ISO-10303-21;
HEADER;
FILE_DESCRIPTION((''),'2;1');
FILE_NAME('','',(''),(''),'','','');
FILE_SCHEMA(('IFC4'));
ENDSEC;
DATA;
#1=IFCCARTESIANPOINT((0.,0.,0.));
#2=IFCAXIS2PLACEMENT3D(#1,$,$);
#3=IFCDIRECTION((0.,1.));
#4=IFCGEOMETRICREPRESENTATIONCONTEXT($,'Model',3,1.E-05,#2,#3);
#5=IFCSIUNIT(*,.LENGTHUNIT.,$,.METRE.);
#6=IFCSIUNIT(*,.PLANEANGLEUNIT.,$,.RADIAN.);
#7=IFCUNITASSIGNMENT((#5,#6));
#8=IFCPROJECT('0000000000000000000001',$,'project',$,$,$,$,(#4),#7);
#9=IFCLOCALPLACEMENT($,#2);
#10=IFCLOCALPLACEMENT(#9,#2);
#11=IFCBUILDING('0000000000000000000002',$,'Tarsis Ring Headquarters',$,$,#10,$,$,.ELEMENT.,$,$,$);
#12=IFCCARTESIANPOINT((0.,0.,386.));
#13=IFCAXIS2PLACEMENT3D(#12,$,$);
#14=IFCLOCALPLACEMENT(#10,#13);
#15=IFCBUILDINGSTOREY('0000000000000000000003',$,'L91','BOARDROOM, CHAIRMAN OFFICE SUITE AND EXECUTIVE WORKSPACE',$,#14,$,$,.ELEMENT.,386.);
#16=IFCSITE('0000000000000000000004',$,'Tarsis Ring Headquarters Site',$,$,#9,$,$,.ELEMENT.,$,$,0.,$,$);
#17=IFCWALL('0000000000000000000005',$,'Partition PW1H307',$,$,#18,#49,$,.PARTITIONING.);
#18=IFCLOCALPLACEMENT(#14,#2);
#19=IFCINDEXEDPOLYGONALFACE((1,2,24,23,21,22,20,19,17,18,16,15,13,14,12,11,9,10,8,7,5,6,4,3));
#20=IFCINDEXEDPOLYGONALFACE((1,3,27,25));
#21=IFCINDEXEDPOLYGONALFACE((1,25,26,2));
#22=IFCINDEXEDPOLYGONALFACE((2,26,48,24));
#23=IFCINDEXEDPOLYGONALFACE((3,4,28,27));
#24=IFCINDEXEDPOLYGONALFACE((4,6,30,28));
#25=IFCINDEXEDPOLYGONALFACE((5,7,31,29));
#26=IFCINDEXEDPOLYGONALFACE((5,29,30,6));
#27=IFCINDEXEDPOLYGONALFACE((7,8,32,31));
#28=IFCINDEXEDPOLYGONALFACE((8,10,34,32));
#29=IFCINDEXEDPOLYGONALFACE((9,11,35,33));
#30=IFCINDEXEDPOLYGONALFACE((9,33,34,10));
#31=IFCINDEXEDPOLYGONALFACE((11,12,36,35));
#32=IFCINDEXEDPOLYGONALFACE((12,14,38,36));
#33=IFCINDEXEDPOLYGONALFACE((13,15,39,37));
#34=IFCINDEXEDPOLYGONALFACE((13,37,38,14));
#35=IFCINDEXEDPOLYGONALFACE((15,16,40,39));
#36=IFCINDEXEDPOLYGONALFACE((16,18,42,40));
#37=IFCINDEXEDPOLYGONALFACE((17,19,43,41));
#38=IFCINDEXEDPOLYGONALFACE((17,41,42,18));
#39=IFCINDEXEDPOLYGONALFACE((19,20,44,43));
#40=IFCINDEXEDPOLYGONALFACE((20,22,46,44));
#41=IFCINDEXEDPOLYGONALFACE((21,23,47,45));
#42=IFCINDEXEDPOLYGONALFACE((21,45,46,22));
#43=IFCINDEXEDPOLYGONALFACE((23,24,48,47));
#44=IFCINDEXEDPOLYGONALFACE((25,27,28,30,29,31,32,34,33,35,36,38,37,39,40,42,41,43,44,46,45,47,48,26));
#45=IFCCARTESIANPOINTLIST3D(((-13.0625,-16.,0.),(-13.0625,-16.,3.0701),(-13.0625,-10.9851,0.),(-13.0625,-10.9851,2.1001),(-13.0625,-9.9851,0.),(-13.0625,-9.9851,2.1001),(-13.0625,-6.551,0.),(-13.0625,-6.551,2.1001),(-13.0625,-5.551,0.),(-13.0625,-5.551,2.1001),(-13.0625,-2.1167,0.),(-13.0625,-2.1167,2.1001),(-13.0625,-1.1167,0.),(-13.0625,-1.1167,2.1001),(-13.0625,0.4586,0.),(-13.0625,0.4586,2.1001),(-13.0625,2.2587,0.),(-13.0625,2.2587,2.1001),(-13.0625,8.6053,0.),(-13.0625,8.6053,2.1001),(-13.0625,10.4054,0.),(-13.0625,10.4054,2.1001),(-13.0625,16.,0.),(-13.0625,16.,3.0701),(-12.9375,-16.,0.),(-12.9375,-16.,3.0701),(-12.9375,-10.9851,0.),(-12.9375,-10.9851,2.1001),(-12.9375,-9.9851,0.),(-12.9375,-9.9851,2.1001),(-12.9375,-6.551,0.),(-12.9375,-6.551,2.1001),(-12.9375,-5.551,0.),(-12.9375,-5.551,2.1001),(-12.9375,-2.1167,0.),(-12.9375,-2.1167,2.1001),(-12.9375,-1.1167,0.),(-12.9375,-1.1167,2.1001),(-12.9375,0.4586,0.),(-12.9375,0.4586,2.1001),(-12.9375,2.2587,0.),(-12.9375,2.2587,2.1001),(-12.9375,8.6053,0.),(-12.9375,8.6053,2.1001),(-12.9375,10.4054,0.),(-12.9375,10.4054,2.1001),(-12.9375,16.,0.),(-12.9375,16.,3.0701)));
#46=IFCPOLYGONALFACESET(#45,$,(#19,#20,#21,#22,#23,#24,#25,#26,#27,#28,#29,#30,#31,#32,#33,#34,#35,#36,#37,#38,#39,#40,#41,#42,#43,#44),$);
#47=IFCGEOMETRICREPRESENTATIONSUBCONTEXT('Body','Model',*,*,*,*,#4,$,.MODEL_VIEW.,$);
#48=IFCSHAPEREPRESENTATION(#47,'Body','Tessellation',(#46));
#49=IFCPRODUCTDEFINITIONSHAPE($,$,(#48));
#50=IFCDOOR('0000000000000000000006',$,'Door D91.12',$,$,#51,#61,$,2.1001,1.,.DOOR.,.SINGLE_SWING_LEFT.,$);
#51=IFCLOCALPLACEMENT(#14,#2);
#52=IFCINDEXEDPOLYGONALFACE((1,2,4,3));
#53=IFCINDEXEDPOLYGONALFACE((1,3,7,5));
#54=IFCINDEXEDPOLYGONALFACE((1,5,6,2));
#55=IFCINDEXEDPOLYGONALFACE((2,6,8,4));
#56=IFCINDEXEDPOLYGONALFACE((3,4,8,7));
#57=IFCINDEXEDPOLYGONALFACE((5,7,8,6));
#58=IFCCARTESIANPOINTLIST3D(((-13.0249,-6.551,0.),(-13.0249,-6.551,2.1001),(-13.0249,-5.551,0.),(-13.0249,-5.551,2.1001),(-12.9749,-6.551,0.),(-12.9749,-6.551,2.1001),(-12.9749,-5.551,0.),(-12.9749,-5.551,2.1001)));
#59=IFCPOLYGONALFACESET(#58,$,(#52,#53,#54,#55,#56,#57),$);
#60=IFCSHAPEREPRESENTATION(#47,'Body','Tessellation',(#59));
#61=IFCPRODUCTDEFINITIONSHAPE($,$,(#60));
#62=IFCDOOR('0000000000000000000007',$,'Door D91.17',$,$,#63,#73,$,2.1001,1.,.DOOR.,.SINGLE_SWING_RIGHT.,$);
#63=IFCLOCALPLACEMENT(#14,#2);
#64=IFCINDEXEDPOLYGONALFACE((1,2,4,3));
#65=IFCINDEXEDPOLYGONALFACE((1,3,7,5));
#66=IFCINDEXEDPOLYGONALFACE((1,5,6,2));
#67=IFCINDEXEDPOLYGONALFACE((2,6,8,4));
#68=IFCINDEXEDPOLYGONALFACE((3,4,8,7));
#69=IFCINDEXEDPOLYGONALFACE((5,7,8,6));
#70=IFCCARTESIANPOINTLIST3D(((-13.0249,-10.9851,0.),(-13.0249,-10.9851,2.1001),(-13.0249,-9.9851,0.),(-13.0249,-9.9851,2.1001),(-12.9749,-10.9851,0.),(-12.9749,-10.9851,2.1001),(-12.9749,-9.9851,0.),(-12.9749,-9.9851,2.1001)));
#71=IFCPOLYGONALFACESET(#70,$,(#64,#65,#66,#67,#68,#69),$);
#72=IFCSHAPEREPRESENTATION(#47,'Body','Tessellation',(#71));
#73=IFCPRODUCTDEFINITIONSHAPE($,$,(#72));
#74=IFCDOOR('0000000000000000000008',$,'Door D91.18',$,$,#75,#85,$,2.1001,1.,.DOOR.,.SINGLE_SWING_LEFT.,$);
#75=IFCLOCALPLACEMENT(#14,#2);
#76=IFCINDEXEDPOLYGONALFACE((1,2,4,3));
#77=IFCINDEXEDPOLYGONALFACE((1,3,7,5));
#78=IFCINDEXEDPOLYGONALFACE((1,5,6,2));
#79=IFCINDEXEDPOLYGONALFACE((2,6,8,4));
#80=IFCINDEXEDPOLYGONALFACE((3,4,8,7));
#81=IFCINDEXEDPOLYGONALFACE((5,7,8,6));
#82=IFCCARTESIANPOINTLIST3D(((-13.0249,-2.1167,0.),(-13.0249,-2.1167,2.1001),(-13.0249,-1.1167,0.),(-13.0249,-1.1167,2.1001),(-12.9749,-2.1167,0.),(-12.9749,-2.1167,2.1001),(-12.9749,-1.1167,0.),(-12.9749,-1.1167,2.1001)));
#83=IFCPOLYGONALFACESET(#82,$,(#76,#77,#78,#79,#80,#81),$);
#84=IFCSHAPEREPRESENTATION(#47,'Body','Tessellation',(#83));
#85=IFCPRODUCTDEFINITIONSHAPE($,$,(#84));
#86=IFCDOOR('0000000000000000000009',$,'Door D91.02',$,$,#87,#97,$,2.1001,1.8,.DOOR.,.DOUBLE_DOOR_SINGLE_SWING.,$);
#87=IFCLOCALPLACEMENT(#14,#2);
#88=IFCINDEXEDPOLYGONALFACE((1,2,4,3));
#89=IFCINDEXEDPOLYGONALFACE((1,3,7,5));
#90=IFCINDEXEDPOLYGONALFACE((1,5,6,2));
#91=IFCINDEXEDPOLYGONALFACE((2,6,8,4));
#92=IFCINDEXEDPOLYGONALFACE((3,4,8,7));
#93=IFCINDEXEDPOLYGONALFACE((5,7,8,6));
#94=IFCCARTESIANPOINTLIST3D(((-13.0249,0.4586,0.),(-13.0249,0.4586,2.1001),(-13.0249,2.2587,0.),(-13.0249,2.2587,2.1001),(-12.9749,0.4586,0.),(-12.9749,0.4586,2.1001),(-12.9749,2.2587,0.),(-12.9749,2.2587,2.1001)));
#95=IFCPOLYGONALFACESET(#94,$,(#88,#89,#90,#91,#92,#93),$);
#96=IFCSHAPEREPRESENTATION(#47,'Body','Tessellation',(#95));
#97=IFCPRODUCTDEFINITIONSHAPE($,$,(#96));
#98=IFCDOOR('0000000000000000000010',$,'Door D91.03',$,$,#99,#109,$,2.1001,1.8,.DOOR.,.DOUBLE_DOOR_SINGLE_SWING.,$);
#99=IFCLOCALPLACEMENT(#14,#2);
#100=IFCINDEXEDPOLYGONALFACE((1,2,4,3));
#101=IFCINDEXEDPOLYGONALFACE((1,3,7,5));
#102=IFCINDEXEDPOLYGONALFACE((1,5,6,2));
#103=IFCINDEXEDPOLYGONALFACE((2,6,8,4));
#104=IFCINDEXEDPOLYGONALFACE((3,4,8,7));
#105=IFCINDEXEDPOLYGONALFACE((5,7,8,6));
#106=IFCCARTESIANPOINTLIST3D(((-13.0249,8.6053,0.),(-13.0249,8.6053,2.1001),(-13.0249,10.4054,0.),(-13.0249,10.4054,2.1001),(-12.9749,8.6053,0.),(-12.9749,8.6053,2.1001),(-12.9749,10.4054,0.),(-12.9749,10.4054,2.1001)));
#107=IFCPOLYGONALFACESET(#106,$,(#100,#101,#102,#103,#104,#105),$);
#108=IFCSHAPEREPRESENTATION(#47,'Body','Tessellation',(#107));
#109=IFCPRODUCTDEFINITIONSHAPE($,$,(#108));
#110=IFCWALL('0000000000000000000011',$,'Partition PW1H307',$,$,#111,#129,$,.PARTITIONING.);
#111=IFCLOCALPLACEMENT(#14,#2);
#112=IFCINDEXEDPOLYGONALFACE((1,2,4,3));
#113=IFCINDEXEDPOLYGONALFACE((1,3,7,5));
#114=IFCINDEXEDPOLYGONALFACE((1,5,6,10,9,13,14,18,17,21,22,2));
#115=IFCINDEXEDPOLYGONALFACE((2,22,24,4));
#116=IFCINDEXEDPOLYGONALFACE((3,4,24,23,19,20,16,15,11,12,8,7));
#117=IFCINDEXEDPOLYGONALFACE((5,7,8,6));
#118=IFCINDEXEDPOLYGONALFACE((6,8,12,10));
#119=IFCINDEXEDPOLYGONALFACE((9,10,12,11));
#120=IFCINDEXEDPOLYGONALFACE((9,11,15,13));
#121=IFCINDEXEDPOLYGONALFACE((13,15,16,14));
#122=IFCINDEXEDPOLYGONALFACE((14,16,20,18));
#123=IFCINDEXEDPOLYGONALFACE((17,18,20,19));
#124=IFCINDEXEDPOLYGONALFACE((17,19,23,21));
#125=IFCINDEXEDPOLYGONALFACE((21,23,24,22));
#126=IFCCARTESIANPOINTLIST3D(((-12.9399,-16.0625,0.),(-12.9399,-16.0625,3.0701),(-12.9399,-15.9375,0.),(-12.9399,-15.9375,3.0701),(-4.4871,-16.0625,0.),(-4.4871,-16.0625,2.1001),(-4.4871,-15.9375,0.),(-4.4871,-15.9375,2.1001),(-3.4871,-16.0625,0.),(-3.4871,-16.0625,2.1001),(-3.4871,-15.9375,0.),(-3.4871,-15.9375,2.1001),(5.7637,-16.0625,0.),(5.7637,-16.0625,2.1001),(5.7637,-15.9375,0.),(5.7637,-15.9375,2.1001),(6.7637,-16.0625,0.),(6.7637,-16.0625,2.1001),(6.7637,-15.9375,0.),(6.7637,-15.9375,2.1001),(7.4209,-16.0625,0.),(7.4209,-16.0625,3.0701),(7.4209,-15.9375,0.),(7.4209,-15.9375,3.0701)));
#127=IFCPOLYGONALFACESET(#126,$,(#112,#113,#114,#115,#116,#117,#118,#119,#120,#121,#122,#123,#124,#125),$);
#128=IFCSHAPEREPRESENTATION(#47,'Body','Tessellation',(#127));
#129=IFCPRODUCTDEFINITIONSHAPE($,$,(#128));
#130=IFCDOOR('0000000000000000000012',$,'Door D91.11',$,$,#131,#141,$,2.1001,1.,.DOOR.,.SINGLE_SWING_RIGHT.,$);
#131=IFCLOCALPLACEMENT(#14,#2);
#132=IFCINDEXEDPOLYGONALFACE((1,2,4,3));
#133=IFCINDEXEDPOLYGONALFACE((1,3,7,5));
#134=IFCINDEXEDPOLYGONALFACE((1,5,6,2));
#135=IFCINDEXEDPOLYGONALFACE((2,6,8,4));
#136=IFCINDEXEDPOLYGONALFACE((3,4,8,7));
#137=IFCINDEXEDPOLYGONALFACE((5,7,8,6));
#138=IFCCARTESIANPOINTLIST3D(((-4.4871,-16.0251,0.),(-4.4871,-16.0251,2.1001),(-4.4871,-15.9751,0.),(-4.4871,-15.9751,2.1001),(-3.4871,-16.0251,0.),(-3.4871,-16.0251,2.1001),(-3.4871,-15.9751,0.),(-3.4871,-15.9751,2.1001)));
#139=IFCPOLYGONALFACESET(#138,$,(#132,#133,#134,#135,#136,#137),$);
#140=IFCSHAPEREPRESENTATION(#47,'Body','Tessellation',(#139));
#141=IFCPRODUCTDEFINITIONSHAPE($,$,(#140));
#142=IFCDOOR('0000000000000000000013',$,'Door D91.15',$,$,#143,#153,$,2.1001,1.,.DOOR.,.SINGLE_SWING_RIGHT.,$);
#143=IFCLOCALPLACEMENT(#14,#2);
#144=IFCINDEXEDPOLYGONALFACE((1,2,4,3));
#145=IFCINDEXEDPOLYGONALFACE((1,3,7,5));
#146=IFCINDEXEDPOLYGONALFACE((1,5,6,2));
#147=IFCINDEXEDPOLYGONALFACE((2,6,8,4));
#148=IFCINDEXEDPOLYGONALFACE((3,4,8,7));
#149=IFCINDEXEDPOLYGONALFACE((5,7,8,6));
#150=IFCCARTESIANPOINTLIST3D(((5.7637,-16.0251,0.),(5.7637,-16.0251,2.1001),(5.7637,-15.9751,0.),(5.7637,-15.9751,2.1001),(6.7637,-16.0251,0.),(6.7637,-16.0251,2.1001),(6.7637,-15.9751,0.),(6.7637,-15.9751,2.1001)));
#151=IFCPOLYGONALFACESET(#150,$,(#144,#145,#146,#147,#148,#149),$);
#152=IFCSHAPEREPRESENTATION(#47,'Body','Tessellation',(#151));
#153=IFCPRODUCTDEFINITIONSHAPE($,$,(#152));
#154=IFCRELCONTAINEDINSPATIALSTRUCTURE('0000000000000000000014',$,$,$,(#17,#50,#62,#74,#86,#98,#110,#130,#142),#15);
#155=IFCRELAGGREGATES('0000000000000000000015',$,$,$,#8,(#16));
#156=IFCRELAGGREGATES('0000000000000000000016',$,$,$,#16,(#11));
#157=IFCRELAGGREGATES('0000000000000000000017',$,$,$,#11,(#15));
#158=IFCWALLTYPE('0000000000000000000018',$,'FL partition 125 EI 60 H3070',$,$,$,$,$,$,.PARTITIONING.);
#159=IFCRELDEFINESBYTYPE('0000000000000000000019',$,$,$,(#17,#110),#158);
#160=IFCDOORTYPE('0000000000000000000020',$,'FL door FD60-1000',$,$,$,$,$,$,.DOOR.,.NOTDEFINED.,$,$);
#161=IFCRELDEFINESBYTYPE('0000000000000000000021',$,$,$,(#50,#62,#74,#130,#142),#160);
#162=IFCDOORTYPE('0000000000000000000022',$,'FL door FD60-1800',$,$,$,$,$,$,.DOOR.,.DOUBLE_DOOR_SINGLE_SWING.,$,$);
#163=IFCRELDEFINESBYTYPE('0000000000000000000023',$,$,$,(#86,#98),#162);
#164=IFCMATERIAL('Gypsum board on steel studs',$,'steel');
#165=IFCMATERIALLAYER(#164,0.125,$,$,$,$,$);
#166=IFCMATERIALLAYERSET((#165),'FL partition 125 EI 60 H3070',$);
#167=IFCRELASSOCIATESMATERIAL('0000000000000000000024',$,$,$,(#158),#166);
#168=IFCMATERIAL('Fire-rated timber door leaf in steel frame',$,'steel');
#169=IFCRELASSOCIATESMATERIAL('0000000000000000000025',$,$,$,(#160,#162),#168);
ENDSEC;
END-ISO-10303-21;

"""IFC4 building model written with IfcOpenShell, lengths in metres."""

from ifc_helpers import new_model, si_unit, direction, frame, frame_2d, origin, place, context, subcontext, project, spatial, rectangle, extrude, material, layer, layer_set, type_object, element, fill, save


model = new_model("IFC4")

# Units and contexts
model_context = context("Model", 3, precision=1e-05, world=origin(), true_north=direction((0.0, 1.0)))
body_context = subcontext(model_context, "Body", "Model", "MODEL_VIEW")
ifc_project = project(units=[si_unit("LENGTHUNIT", "METRE"), si_unit("PLANEANGLEUNIT", "RADIAN")], contexts=[model_context])

# Site, building, storey
site_placement = place(None, origin())
site = spatial("IfcSite", under=ifc_project, at=site_placement, Name="Tarsis Ring Headquarters Site", CompositionType="ELEMENT", RefElevation=0.0)
building_placement = place(site_placement, origin())
building = spatial("IfcBuilding", under=site, at=building_placement, Name="Tarsis Ring Headquarters", CompositionType="ELEMENT")
storey_placement = place(building_placement, frame((0.0, 0.0, 386.0)))
storey = spatial("IfcBuildingStorey", under=building, at=storey_placement, Name="L91", Description="BOARDROOM, CHAIRMAN OFFICE SUITE AND EXECUTIVE WORKSPACE", CompositionType="ELEMENT", Elevation=386.0)

# Shared definitions
ifc_material_1 = material(Name="Gypsum board on steel studs", Category="steel")

# Walls, openings, doors
ifc_layer_1 = layer(ifc_material_1, 0.125)
ifc_layer_set_1 = layer_set([ifc_layer_1], Name="FL partition 125 EI 60 H3070")
wall_type_1 = type_object("IfcWallType", Name="FL partition 125 EI 60 H3070", PredefinedType="PARTITIONING", material=ifc_layer_set_1)
wall_1_placement = place(storey_placement, frame((-13.0, -16.0, 0.0), z_axis=(0.0, 0.0, 1.0), x_axis=(0.0, 1.0, 0.0)))
wall_1 = element("IfcWall", 1, at=wall_1_placement, inside=storey, type_object=wall_type_1, Name="Partition PW1H307", PredefinedType="PARTITIONING", context=body_context, shape_type="SweptSolid", body=[
    extrude(rectangle(XDim=32.0, YDim=0.125, at=frame_2d((16.0, 0.0))), origin(), (0.0, 0.0, 1.0), 3.0701),
])
opening_1_placement = place(wall_1_placement, frame((16.4587, 0.0, 0.0)))
opening_1 = element("IfcOpeningElement", 2, at=opening_1_placement, cuts=wall_1, PredefinedType="OPENING", context=body_context, shape_type="SweptSolid", body=[
    extrude(rectangle(XDim=1.8, YDim=2.1001, at=frame_2d((0.8999, 1.05))), frame((0.0, 0.0725, 0.0), z_axis=(0.0, -1.0, 0.0), x_axis=(1.0, 0.0, 0.0)), (0.0, 0.0, 1.0), 0.145),
])
opening_2_placement = place(wall_1_placement, frame((24.6055, 0.0, 0.0)))
opening_2 = element("IfcOpeningElement", 3, at=opening_2_placement, cuts=wall_1, PredefinedType="OPENING", context=body_context, shape_type="SweptSolid", body=[
    extrude(rectangle(XDim=1.8, YDim=2.1001, at=frame_2d((0.8999, 1.05))), frame((0.0, 0.0725, 0.0), z_axis=(0.0, -1.0, 0.0), x_axis=(1.0, 0.0, 0.0)), (0.0, 0.0, 1.0), 0.145),
])
opening_3_placement = place(wall_1_placement, frame((9.449, 0.0, 0.0)))
opening_3 = element("IfcOpeningElement", 4, at=opening_3_placement, cuts=wall_1, PredefinedType="OPENING", context=body_context, shape_type="SweptSolid", body=[
    extrude(rectangle(XDim=1.0, YDim=2.1001, at=frame_2d((0.5, 1.05))), frame((0.0, 0.0725, 0.0), z_axis=(0.0, -1.0, 0.0), x_axis=(1.0, 0.0, 0.0)), (0.0, 0.0, 1.0), 0.145),
])
opening_4_placement = place(wall_1_placement, frame((5.0149, 0.0, 0.0)))
opening_4 = element("IfcOpeningElement", 5, at=opening_4_placement, cuts=wall_1, PredefinedType="OPENING", context=body_context, shape_type="SweptSolid", body=[
    extrude(rectangle(XDim=1.0, YDim=2.1001, at=frame_2d((0.5, 1.05))), frame((0.0, 0.0725, 0.0), z_axis=(0.0, -1.0, 0.0), x_axis=(1.0, 0.0, 0.0)), (0.0, 0.0, 1.0), 0.145),
])
opening_5_placement = place(wall_1_placement, frame((13.8833, 0.0, 0.0)))
opening_5 = element("IfcOpeningElement", 6, at=opening_5_placement, cuts=wall_1, PredefinedType="OPENING", context=body_context, shape_type="SweptSolid", body=[
    extrude(rectangle(XDim=1.0, YDim=2.1001, at=frame_2d((0.5, 1.05))), frame((0.0, 0.0725, 0.0), z_axis=(0.0, -1.0, 0.0), x_axis=(1.0, 0.0, 0.0)), (0.0, 0.0, 1.0), 0.145),
])
ifc_material_2 = material(Name="Fire-rated timber door leaf in steel frame", Category="steel")
door_type_1 = type_object("IfcDoorType", Name="FL door FD60-1000", OperationType="NOTDEFINED", PredefinedType="DOOR", material=ifc_material_2)
door_1_placement = place(opening_3_placement, origin())
door_1 = element("IfcDoor", 7, at=door_1_placement, inside=storey, type_object=door_type_1, Name="Door D91.12", OperationType="SINGLE_SWING_LEFT", OverallHeight=2.1001, OverallWidth=1.0, PredefinedType="DOOR", context=body_context, shape_type="SweptSolid", body=[
    extrude(rectangle(XDim=1.0, YDim=2.1001, at=frame_2d((0.5, 1.05))), frame((0.0, 0.0249, 0.0), z_axis=(0.0, -1.0, 0.0), x_axis=(1.0, 0.0, 0.0)), (0.0, 0.0, 1.0), 0.05),
])
fill(opening_3, door_1)
door_2_placement = place(opening_4_placement, origin())
door_2 = element("IfcDoor", 8, at=door_2_placement, inside=storey, type_object=door_type_1, Name="Door D91.17", OperationType="SINGLE_SWING_RIGHT", OverallHeight=2.1001, OverallWidth=1.0, PredefinedType="DOOR", context=body_context, shape_type="SweptSolid", body=[
    extrude(rectangle(XDim=1.0, YDim=2.1001, at=frame_2d((0.5, 1.05))), frame((0.0, 0.0249, 0.0), z_axis=(0.0, -1.0, 0.0), x_axis=(1.0, 0.0, 0.0)), (0.0, 0.0, 1.0), 0.05),
])
fill(opening_4, door_2)
door_3_placement = place(opening_5_placement, origin())
door_3 = element("IfcDoor", 9, at=door_3_placement, inside=storey, type_object=door_type_1, Name="Door D91.18", OperationType="SINGLE_SWING_LEFT", OverallHeight=2.1001, OverallWidth=1.0, PredefinedType="DOOR", context=body_context, shape_type="SweptSolid", body=[
    extrude(rectangle(XDim=1.0, YDim=2.1001, at=frame_2d((0.5, 1.05))), frame((0.0, 0.0249, 0.0), z_axis=(0.0, -1.0, 0.0), x_axis=(1.0, 0.0, 0.0)), (0.0, 0.0, 1.0), 0.05),
])
fill(opening_5, door_3)
door_type_2 = type_object("IfcDoorType", Name="FL door FD60-1800", OperationType="DOUBLE_DOOR_SINGLE_SWING", PredefinedType="DOOR", material=ifc_material_2)
door_4_placement = place(opening_1_placement, origin())
door_4 = element("IfcDoor", 10, at=door_4_placement, inside=storey, type_object=door_type_2, Name="Door D91.02", OperationType="DOUBLE_DOOR_SINGLE_SWING", OverallHeight=2.1001, OverallWidth=1.8, PredefinedType="DOOR", context=body_context, shape_type="SweptSolid", body=[
    extrude(rectangle(XDim=1.8, YDim=2.1001, at=frame_2d((0.8999, 1.05))), frame((0.0, 0.0249, 0.0), z_axis=(0.0, -1.0, 0.0), x_axis=(1.0, 0.0, 0.0)), (0.0, 0.0, 1.0), 0.05),
])
fill(opening_1, door_4)
door_5_placement = place(opening_2_placement, origin())
door_5 = element("IfcDoor", 11, at=door_5_placement, inside=storey, type_object=door_type_2, Name="Door D91.03", OperationType="DOUBLE_DOOR_SINGLE_SWING", OverallHeight=2.1001, OverallWidth=1.8, PredefinedType="DOOR", context=body_context, shape_type="SweptSolid", body=[
    extrude(rectangle(XDim=1.8, YDim=2.1001, at=frame_2d((0.8999, 1.05))), frame((0.0, 0.0249, 0.0), z_axis=(0.0, -1.0, 0.0), x_axis=(1.0, 0.0, 0.0)), (0.0, 0.0, 1.0), 0.05),
])
fill(opening_2, door_5)
wall_2_placement = place(storey_placement, frame((-12.9399, -16.0, 0.0), z_axis=(0.0, 0.0, 1.0), x_axis=(1.0, 0.0, 0.0)))
wall_2 = element("IfcWall", 12, at=wall_2_placement, inside=storey, type_object=wall_type_1, Name="Partition PW1H307", PredefinedType="PARTITIONING", context=body_context, shape_type="SweptSolid", body=[
    extrude(rectangle(XDim=20.3608, YDim=0.125, at=frame_2d((10.1804, 0.0))), origin(), (0.0, 0.0, 1.0), 3.0701),
])
opening_6_placement = place(wall_2_placement, frame((8.4529, 0.0, 0.0)))
opening_6 = element("IfcOpeningElement", 13, at=opening_6_placement, cuts=wall_2, PredefinedType="OPENING", context=body_context, shape_type="SweptSolid", body=[
    extrude(rectangle(XDim=1.0, YDim=2.1001, at=frame_2d((0.5, 1.05))), frame((0.0, 0.0725, 0.0), z_axis=(0.0, -1.0, 0.0), x_axis=(1.0, 0.0, 0.0)), (0.0, 0.0, 1.0), 0.145),
])
opening_7_placement = place(wall_2_placement, frame((18.7036, 0.0, 0.0)))
opening_7 = element("IfcOpeningElement", 14, at=opening_7_placement, cuts=wall_2, PredefinedType="OPENING", context=body_context, shape_type="SweptSolid", body=[
    extrude(rectangle(XDim=1.0, YDim=2.1001, at=frame_2d((0.5, 1.05))), frame((0.0, 0.0725, 0.0), z_axis=(0.0, -1.0, 0.0), x_axis=(1.0, 0.0, 0.0)), (0.0, 0.0, 1.0), 0.145),
])
door_6_placement = place(opening_6_placement, origin())
door_6 = element("IfcDoor", 15, at=door_6_placement, inside=storey, type_object=door_type_1, Name="Door D91.11", OperationType="SINGLE_SWING_RIGHT", OverallHeight=2.1001, OverallWidth=1.0, PredefinedType="DOOR", context=body_context, shape_type="SweptSolid", body=[
    extrude(rectangle(XDim=1.0, YDim=2.1001, at=frame_2d((0.5, 1.05))), frame((0.0, 0.0249, 0.0), z_axis=(0.0, -1.0, 0.0), x_axis=(1.0, 0.0, 0.0)), (0.0, 0.0, 1.0), 0.05),
])
fill(opening_6, door_6)
door_7_placement = place(opening_7_placement, origin())
door_7 = element("IfcDoor", 16, at=door_7_placement, inside=storey, type_object=door_type_1, Name="Door D91.15", OperationType="SINGLE_SWING_RIGHT", OverallHeight=2.1001, OverallWidth=1.0, PredefinedType="DOOR", context=body_context, shape_type="SweptSolid", body=[
    extrude(rectangle(XDim=1.0, YDim=2.1001, at=frame_2d((0.5, 1.05))), frame((0.0, 0.0249, 0.0), z_axis=(0.0, -1.0, 0.0), x_axis=(1.0, 0.0, 0.0)), (0.0, 0.0, 1.0), 0.05),
])
fill(opening_7, door_7)

save(model, "model.ifc")
